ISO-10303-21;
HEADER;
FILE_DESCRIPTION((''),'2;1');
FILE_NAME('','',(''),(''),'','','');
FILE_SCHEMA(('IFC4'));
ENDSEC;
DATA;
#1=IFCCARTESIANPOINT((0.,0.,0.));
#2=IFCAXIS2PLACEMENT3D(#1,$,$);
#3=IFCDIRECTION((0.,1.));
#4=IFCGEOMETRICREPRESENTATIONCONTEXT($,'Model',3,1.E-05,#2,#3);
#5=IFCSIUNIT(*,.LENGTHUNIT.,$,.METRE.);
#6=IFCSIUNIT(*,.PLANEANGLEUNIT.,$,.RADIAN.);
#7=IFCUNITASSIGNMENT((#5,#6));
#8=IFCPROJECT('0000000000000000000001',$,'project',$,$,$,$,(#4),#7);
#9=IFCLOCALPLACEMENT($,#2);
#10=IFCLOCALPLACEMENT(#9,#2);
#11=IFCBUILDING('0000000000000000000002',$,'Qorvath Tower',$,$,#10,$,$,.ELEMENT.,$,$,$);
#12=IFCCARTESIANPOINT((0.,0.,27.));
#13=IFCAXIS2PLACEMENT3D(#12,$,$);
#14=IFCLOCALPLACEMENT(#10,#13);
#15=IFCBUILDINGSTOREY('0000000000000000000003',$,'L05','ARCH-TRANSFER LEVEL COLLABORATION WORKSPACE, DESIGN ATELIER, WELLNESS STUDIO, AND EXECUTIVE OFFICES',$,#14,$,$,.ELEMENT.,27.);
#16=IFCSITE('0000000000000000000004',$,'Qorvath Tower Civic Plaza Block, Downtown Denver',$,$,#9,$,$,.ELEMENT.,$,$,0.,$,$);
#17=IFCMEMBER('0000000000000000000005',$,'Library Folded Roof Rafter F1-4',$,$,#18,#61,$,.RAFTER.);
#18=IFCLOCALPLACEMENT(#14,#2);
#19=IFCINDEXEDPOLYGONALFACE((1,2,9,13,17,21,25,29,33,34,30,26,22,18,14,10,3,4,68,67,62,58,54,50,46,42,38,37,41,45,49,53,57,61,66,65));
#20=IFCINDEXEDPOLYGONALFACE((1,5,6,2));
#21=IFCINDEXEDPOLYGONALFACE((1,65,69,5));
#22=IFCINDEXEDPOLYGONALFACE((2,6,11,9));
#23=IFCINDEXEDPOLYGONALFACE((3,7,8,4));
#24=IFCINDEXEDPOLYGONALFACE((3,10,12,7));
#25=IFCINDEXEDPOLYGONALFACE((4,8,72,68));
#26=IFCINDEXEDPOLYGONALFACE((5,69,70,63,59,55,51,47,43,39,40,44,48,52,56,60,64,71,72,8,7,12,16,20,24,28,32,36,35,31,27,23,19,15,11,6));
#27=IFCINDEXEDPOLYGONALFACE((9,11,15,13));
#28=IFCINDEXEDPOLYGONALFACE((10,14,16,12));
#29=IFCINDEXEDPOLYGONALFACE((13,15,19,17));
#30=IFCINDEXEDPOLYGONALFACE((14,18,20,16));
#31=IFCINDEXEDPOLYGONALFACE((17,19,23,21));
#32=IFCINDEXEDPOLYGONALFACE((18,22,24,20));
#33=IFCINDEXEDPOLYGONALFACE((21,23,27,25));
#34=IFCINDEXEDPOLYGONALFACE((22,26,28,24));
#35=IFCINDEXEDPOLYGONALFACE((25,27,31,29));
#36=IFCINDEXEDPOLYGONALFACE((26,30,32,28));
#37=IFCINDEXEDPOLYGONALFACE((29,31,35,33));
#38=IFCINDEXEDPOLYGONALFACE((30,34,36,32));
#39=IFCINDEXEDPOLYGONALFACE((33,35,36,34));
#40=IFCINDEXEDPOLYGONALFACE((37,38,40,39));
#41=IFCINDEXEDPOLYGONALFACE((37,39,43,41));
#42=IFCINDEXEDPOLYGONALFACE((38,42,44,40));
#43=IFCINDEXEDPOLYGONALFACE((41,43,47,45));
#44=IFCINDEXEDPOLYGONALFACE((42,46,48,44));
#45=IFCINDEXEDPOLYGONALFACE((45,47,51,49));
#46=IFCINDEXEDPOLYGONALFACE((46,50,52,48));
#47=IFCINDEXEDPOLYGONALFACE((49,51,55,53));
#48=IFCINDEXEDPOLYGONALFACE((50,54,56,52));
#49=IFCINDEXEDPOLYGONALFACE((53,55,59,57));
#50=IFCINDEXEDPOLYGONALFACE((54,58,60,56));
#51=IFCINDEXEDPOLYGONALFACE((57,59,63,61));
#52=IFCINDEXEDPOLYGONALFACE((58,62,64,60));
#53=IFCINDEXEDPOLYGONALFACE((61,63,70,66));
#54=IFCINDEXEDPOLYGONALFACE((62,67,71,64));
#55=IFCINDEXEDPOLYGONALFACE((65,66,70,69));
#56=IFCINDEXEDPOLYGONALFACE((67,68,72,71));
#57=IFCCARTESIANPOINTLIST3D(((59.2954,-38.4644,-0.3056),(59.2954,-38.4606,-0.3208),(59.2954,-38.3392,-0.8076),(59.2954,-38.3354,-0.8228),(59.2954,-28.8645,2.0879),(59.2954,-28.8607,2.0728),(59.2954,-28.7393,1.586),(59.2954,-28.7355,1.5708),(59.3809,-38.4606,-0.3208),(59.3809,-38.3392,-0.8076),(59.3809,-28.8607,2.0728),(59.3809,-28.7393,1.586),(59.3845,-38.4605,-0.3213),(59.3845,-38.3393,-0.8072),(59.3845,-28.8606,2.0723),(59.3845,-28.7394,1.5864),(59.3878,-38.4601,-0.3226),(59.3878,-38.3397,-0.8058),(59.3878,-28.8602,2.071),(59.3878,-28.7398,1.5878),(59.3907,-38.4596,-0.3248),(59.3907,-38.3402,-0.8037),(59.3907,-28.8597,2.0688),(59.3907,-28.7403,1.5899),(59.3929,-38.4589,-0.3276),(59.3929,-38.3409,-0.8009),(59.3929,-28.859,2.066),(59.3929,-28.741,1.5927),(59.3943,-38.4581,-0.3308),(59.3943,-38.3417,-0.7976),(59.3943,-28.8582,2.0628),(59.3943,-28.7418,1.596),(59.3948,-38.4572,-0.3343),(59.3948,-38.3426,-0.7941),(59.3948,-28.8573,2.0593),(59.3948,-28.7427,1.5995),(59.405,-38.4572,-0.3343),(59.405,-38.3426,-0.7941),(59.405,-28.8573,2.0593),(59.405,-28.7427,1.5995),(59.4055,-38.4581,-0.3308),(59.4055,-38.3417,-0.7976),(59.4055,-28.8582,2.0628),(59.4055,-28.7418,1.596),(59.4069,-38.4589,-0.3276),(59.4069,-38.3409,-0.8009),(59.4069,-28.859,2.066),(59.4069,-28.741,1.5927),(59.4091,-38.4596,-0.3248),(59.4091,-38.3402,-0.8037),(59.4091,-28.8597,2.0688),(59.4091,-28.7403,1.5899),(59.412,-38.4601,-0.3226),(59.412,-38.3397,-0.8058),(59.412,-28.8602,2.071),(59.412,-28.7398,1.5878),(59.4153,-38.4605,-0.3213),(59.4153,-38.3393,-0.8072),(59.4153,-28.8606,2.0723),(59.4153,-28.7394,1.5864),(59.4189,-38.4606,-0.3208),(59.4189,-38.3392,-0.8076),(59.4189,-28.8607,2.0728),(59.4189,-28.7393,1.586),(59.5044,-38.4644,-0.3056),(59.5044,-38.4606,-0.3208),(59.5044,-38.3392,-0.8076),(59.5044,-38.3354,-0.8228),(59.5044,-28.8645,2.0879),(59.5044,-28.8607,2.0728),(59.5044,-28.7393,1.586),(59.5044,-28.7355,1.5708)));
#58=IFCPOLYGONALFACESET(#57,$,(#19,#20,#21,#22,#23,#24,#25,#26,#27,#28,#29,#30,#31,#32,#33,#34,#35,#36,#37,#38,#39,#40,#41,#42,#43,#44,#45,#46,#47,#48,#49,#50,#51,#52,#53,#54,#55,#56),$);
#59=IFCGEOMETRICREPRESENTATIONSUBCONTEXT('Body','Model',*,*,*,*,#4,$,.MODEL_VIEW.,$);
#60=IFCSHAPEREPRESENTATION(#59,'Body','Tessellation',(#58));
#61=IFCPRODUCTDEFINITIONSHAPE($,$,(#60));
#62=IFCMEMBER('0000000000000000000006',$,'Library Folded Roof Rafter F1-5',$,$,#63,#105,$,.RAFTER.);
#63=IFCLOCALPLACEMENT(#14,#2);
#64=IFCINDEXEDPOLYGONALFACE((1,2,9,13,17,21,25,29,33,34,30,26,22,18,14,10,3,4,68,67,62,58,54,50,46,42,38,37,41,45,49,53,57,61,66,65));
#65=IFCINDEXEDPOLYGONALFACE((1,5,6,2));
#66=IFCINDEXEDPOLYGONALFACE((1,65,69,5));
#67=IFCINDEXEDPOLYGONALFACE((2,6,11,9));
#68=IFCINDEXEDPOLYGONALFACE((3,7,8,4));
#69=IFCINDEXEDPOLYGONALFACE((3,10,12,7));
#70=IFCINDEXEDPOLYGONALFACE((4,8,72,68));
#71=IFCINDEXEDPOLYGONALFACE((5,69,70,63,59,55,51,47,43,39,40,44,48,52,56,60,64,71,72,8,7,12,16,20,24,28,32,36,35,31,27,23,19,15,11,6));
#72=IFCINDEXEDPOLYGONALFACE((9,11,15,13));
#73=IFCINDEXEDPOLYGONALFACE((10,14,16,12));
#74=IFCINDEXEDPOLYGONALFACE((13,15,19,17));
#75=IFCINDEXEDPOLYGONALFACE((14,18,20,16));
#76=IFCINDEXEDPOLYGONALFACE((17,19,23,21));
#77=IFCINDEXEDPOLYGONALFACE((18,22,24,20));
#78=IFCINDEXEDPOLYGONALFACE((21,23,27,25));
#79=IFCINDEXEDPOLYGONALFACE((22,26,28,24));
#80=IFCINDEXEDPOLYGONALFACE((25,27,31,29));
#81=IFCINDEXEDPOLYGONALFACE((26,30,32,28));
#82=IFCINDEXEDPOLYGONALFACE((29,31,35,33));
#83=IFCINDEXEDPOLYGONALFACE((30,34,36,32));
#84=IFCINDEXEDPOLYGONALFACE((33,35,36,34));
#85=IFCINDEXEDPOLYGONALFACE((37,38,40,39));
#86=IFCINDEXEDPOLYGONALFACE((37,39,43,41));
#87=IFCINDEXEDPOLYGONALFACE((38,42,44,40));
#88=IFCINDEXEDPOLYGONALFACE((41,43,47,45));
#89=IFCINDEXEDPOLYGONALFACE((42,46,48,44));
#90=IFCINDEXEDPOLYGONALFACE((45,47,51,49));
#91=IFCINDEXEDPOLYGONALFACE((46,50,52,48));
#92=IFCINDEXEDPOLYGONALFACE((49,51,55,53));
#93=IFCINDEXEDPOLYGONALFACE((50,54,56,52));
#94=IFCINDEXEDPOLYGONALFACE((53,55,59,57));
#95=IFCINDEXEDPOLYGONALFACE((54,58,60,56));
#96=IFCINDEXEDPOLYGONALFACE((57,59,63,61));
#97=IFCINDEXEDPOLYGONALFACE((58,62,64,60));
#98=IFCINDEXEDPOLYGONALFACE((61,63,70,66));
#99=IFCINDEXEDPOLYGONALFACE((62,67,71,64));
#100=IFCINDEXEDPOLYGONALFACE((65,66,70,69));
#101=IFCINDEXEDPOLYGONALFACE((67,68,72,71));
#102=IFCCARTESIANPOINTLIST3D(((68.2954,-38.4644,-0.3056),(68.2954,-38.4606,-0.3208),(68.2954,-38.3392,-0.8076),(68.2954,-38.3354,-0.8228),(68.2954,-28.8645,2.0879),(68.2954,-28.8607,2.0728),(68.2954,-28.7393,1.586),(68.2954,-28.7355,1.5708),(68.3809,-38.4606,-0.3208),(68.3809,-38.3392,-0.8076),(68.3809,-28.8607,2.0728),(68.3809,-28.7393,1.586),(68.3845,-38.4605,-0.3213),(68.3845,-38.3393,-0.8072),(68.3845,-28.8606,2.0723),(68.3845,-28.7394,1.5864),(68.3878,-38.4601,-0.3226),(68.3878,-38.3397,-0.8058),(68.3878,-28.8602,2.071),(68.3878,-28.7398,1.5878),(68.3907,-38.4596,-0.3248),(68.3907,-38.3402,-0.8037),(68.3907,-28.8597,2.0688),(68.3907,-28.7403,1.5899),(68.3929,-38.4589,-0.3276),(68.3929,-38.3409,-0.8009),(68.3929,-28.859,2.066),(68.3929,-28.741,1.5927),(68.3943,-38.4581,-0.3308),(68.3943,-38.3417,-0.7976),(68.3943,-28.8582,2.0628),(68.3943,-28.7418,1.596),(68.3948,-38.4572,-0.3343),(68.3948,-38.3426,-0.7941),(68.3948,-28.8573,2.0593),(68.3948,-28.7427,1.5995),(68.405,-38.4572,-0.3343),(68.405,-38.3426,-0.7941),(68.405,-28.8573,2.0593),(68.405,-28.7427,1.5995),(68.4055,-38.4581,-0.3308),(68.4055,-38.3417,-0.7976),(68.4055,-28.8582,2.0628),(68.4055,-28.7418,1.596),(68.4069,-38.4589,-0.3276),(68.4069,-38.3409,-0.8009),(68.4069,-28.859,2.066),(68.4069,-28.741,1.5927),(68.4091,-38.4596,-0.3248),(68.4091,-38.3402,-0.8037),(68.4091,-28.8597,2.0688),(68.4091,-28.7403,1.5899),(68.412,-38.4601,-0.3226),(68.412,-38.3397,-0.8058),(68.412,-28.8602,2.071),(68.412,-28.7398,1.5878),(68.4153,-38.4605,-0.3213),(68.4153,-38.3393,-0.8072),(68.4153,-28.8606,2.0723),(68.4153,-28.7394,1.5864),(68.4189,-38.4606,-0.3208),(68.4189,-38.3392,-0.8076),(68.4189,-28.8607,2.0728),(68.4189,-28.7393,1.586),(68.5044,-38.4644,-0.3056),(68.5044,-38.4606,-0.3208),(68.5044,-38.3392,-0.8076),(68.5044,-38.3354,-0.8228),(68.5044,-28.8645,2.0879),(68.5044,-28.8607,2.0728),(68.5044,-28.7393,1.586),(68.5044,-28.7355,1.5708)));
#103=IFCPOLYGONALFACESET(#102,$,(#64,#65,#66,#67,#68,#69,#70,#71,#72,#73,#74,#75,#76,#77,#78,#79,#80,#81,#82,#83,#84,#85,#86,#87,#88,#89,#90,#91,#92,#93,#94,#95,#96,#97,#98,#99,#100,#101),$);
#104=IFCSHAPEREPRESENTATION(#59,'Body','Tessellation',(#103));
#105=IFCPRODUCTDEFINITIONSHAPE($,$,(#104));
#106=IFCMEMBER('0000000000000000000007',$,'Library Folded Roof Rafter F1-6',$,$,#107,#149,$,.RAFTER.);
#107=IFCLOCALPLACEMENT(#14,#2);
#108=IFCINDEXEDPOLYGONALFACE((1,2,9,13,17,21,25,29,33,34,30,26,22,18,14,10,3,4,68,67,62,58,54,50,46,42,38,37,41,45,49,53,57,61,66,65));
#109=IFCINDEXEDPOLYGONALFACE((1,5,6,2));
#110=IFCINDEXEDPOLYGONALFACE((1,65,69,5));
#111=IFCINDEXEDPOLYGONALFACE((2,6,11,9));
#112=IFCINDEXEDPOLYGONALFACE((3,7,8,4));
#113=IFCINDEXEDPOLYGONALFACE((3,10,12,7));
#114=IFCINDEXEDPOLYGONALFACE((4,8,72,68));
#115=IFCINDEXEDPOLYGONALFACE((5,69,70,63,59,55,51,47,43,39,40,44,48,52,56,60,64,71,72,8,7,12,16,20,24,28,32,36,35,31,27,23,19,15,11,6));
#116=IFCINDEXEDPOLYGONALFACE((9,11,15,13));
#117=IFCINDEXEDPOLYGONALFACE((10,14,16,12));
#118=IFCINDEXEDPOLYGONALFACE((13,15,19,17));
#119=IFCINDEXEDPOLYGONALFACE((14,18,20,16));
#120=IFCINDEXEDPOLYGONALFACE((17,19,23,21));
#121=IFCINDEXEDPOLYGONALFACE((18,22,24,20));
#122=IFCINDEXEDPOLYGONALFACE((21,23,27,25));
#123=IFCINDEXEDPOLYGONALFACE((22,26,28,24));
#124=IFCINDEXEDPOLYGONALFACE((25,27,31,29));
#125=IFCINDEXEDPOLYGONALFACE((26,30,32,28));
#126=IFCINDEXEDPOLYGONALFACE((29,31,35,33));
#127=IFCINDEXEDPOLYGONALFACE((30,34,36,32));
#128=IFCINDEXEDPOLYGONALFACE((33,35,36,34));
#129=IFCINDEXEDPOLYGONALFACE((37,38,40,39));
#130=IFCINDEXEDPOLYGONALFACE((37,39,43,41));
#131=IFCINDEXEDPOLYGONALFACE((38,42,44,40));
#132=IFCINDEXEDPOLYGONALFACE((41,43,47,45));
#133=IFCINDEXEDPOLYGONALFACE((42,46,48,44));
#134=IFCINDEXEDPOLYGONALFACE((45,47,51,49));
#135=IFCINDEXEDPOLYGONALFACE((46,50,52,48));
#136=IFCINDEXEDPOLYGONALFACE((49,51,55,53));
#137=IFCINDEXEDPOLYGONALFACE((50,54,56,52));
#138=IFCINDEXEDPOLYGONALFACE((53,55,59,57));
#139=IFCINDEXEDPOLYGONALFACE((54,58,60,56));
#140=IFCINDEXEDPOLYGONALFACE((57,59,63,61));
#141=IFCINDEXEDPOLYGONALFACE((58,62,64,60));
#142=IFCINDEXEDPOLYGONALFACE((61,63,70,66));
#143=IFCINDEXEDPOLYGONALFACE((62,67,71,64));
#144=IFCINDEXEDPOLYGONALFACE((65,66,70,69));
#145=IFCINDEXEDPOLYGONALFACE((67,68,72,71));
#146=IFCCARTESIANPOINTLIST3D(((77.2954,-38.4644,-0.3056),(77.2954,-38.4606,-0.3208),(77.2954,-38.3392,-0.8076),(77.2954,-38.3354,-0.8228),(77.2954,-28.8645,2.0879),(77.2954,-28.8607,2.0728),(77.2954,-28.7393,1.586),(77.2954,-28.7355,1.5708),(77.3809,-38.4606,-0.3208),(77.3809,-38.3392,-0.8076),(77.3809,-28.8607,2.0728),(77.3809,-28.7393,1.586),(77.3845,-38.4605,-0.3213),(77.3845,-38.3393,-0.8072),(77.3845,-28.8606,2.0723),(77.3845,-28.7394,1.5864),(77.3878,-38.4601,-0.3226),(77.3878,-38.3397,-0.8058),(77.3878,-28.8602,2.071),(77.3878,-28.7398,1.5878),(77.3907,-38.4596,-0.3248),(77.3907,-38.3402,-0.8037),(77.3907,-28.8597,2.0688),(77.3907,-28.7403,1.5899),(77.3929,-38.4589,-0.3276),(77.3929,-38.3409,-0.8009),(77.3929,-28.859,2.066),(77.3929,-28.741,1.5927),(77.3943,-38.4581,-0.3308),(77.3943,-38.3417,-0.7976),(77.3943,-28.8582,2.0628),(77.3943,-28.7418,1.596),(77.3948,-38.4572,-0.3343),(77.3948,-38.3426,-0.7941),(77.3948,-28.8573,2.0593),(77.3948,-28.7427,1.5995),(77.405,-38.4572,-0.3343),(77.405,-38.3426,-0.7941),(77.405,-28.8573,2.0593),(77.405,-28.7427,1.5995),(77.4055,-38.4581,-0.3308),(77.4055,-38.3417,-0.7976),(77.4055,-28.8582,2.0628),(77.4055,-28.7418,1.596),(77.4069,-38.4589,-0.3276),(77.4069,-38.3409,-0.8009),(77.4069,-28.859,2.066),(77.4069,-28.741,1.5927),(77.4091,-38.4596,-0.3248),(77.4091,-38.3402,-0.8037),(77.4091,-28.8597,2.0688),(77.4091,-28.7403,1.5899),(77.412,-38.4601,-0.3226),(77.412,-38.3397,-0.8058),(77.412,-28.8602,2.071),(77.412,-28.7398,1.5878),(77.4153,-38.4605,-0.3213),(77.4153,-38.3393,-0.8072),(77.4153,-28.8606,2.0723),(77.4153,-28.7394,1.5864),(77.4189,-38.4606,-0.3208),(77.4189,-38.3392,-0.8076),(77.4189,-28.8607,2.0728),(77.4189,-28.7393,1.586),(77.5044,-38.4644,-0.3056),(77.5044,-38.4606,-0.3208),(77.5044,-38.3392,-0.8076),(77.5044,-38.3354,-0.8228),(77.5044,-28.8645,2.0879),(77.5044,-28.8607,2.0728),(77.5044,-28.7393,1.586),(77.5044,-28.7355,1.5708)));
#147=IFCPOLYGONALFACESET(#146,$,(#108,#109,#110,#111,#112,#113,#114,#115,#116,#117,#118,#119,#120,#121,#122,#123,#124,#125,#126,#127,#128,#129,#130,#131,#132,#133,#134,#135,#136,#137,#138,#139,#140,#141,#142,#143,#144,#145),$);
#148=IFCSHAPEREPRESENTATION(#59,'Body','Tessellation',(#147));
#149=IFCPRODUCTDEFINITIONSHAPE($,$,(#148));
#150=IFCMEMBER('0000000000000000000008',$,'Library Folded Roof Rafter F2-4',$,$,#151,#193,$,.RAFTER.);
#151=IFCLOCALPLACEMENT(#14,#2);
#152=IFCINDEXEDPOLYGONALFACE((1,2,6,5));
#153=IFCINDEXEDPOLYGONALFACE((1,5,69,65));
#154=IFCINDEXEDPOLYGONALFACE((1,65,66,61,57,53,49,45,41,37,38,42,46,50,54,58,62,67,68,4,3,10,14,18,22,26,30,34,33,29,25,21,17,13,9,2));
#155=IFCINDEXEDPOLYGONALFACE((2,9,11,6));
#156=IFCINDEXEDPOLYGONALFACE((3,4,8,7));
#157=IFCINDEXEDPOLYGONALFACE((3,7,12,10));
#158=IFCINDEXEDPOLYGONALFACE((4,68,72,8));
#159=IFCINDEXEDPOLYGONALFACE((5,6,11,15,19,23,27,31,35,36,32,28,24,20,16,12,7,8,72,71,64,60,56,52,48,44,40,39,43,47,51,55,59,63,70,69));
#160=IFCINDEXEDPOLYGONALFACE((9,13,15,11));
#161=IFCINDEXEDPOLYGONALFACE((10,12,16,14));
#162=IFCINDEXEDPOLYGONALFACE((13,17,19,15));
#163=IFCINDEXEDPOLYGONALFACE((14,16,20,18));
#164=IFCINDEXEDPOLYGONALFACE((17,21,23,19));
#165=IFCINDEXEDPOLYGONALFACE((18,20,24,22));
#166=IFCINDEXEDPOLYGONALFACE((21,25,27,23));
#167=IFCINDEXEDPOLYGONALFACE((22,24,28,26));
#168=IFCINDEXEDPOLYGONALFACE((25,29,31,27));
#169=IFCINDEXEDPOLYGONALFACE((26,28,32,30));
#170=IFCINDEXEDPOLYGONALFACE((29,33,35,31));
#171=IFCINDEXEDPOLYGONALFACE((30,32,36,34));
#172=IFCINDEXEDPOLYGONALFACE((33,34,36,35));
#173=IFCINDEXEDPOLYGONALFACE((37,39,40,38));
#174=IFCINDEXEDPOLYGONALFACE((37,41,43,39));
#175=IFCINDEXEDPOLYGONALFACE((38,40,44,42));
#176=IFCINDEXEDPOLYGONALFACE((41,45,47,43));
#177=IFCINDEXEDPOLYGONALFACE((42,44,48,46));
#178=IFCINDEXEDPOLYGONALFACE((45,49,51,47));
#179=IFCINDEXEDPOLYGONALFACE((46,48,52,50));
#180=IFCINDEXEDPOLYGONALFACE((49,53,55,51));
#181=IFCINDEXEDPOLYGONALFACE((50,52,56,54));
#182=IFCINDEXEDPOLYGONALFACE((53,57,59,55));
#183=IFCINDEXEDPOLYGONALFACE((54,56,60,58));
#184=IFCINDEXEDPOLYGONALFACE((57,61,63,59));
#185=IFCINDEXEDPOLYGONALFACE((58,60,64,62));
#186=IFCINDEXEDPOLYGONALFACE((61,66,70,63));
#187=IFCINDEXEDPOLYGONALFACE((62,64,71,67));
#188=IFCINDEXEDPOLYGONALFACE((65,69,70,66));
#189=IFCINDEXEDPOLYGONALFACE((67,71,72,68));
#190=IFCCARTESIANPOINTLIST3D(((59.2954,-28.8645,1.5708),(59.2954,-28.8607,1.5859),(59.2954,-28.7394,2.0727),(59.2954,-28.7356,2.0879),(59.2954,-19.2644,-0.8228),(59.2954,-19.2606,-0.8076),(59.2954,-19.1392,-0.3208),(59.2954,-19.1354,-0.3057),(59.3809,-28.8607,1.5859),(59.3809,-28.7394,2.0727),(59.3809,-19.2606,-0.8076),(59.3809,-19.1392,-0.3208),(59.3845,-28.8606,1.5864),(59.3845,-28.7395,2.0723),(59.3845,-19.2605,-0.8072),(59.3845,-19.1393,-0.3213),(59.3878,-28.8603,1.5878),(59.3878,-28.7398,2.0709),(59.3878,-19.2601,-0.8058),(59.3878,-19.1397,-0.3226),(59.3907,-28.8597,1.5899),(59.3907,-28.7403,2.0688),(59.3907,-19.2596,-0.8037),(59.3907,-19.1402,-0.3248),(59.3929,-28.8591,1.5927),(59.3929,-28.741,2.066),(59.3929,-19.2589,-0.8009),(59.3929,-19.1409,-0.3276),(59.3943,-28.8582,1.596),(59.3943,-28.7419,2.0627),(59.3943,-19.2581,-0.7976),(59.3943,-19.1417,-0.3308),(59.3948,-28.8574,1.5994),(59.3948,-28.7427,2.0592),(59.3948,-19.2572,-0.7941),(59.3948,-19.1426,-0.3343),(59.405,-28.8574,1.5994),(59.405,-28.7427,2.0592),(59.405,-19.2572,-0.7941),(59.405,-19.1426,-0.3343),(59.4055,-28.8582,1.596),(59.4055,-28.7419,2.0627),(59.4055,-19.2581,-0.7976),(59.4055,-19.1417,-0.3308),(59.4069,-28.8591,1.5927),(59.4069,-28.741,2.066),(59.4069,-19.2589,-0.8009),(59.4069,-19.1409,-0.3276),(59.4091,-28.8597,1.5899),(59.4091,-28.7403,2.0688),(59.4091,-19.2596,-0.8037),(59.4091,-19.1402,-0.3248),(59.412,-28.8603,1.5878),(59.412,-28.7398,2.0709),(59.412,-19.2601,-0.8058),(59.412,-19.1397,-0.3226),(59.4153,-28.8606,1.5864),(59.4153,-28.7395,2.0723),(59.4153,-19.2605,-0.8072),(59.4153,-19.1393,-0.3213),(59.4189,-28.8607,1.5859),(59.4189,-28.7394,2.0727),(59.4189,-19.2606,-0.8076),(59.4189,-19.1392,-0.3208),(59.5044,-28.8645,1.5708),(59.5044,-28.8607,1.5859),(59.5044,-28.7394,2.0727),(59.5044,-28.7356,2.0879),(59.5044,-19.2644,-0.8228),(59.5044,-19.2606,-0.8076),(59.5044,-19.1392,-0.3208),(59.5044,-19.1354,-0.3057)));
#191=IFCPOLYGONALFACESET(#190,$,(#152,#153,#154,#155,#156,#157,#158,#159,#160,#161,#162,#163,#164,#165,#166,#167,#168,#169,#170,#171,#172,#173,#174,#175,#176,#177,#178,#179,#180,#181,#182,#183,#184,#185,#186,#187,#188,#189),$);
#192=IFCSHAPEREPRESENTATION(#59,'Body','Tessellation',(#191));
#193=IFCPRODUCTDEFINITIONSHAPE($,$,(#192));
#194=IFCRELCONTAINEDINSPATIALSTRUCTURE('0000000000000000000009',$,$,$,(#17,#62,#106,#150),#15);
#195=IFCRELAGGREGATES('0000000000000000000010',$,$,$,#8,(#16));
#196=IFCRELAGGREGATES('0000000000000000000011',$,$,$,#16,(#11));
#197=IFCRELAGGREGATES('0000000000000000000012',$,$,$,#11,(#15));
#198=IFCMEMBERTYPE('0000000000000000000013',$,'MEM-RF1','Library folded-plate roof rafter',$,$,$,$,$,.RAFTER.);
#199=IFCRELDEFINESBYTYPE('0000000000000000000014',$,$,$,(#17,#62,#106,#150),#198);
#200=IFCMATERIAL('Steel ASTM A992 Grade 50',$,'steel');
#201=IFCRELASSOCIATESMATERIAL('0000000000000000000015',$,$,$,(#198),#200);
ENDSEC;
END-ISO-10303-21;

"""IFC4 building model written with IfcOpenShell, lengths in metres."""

from ifc_helpers import new_model, si_unit, direction, frame, origin, origin_2d, place, context, subcontext, project, spatial, i_section, extrude, material, material_profile, profile_set, type_object, element, save


model = new_model("IFC4")

# Units and contexts
model_context = context("Model", 3, precision=1e-05, world=origin(), true_north=direction((0.0, 1.0)))
body_context = subcontext(model_context, "Body", "Model", "MODEL_VIEW")
ifc_project = project(units=[si_unit("LENGTHUNIT", "METRE"), si_unit("PLANEANGLEUNIT", "RADIAN")], contexts=[model_context])

# Site, building, storey
site_placement = place(None, origin())
site = spatial("IfcSite", under=ifc_project, at=site_placement, Name="Qorvath Tower Civic Plaza Block, Downtown Denver", CompositionType="ELEMENT", RefElevation=0.0)
building_placement = place(site_placement, origin())
building = spatial("IfcBuilding", under=site, at=building_placement, Name="Qorvath Tower", CompositionType="ELEMENT")
storey_placement = place(building_placement, frame((0.0, 0.0, 27.0)))
storey = spatial("IfcBuildingStorey", under=building, at=storey_placement, Name="L05", Description="ARCH-TRANSFER LEVEL COLLABORATION WORKSPACE, DESIGN ATELIER, WELLNESS STUDIO, AND EXECUTIVE OFFICES", CompositionType="ELEMENT", Elevation=27.0)

# Members
ifc_material_1 = material(Name="Steel ASTM A992 Grade 50", Category="steel")
ifc_material_profile_1 = material_profile(ifc_material_1, i_section(OverallWidth=0.209, OverallDepth=0.533, WebThickness=0.0103, FlangeThickness=0.0156, FilletRadius=0.0139, at=origin_2d()), Name="W21x62")
ifc_profile_set_1 = profile_set([ifc_material_profile_1], Name="Steel ASTM A992 Grade 50")
member_type_1 = type_object("IfcMemberType", Name="MEM-RF1", Description="Library folded-plate roof rafter", PredefinedType="RAFTER", material=ifc_profile_set_1)
for number, where, z_axis, x_axis, name in (
    (1, (59.3999, -38.3999, -0.5642), (0.0, 0.970295, 0.241926), (-1.0, 0.0, 0.0), "Library Folded Roof Rafter F1-4"),
    (2, (68.3999, -38.3999, -0.5642), (0.0, 0.970295, 0.241926), (-1.0, 0.0, 0.0), "Library Folded Roof Rafter F1-5"),
    (3, (77.3999, -38.3999, -0.5642), (0.0, 0.970295, 0.241926), (-1.0, 0.0, 0.0), "Library Folded Roof Rafter F1-6"),
):
    element("IfcMember", number, at=place(storey_placement, frame(where, z_axis=z_axis, x_axis=x_axis)), inside=storey, type_object=member_type_1, Name=name, PredefinedType="RAFTER", context=body_context, shape_type="SweptSolid", body=[
        extrude(i_section(OverallWidth=0.209, OverallDepth=0.533, WebThickness=0.0103, FlangeThickness=0.0156, FilletRadius=0.0139, at=origin_2d()), origin(), (0.0, 0.0, 1.0), 9.8938),
    ])
for number, where, z_axis, x_axis, name in (
    (4, (59.3999, -28.8, 1.8293), (0.0, 0.970296, -0.24192), (-1.0, 0.0, 0.0), "Library Folded Roof Rafter F2-4"),
):
    element("IfcMember", number, at=place(storey_placement, frame(where, z_axis=z_axis, x_axis=x_axis)), inside=storey, type_object=member_type_1, Name=name, PredefinedType="RAFTER", context=body_context, shape_type="SweptSolid", body=[
        extrude(i_section(OverallWidth=0.209, OverallDepth=0.533, WebThickness=0.0103, FlangeThickness=0.0156, FilletRadius=0.0139, at=origin_2d()), origin(), (0.0, 0.0, 1.0), 9.894),
    ])

save(model, "model.ifc")
